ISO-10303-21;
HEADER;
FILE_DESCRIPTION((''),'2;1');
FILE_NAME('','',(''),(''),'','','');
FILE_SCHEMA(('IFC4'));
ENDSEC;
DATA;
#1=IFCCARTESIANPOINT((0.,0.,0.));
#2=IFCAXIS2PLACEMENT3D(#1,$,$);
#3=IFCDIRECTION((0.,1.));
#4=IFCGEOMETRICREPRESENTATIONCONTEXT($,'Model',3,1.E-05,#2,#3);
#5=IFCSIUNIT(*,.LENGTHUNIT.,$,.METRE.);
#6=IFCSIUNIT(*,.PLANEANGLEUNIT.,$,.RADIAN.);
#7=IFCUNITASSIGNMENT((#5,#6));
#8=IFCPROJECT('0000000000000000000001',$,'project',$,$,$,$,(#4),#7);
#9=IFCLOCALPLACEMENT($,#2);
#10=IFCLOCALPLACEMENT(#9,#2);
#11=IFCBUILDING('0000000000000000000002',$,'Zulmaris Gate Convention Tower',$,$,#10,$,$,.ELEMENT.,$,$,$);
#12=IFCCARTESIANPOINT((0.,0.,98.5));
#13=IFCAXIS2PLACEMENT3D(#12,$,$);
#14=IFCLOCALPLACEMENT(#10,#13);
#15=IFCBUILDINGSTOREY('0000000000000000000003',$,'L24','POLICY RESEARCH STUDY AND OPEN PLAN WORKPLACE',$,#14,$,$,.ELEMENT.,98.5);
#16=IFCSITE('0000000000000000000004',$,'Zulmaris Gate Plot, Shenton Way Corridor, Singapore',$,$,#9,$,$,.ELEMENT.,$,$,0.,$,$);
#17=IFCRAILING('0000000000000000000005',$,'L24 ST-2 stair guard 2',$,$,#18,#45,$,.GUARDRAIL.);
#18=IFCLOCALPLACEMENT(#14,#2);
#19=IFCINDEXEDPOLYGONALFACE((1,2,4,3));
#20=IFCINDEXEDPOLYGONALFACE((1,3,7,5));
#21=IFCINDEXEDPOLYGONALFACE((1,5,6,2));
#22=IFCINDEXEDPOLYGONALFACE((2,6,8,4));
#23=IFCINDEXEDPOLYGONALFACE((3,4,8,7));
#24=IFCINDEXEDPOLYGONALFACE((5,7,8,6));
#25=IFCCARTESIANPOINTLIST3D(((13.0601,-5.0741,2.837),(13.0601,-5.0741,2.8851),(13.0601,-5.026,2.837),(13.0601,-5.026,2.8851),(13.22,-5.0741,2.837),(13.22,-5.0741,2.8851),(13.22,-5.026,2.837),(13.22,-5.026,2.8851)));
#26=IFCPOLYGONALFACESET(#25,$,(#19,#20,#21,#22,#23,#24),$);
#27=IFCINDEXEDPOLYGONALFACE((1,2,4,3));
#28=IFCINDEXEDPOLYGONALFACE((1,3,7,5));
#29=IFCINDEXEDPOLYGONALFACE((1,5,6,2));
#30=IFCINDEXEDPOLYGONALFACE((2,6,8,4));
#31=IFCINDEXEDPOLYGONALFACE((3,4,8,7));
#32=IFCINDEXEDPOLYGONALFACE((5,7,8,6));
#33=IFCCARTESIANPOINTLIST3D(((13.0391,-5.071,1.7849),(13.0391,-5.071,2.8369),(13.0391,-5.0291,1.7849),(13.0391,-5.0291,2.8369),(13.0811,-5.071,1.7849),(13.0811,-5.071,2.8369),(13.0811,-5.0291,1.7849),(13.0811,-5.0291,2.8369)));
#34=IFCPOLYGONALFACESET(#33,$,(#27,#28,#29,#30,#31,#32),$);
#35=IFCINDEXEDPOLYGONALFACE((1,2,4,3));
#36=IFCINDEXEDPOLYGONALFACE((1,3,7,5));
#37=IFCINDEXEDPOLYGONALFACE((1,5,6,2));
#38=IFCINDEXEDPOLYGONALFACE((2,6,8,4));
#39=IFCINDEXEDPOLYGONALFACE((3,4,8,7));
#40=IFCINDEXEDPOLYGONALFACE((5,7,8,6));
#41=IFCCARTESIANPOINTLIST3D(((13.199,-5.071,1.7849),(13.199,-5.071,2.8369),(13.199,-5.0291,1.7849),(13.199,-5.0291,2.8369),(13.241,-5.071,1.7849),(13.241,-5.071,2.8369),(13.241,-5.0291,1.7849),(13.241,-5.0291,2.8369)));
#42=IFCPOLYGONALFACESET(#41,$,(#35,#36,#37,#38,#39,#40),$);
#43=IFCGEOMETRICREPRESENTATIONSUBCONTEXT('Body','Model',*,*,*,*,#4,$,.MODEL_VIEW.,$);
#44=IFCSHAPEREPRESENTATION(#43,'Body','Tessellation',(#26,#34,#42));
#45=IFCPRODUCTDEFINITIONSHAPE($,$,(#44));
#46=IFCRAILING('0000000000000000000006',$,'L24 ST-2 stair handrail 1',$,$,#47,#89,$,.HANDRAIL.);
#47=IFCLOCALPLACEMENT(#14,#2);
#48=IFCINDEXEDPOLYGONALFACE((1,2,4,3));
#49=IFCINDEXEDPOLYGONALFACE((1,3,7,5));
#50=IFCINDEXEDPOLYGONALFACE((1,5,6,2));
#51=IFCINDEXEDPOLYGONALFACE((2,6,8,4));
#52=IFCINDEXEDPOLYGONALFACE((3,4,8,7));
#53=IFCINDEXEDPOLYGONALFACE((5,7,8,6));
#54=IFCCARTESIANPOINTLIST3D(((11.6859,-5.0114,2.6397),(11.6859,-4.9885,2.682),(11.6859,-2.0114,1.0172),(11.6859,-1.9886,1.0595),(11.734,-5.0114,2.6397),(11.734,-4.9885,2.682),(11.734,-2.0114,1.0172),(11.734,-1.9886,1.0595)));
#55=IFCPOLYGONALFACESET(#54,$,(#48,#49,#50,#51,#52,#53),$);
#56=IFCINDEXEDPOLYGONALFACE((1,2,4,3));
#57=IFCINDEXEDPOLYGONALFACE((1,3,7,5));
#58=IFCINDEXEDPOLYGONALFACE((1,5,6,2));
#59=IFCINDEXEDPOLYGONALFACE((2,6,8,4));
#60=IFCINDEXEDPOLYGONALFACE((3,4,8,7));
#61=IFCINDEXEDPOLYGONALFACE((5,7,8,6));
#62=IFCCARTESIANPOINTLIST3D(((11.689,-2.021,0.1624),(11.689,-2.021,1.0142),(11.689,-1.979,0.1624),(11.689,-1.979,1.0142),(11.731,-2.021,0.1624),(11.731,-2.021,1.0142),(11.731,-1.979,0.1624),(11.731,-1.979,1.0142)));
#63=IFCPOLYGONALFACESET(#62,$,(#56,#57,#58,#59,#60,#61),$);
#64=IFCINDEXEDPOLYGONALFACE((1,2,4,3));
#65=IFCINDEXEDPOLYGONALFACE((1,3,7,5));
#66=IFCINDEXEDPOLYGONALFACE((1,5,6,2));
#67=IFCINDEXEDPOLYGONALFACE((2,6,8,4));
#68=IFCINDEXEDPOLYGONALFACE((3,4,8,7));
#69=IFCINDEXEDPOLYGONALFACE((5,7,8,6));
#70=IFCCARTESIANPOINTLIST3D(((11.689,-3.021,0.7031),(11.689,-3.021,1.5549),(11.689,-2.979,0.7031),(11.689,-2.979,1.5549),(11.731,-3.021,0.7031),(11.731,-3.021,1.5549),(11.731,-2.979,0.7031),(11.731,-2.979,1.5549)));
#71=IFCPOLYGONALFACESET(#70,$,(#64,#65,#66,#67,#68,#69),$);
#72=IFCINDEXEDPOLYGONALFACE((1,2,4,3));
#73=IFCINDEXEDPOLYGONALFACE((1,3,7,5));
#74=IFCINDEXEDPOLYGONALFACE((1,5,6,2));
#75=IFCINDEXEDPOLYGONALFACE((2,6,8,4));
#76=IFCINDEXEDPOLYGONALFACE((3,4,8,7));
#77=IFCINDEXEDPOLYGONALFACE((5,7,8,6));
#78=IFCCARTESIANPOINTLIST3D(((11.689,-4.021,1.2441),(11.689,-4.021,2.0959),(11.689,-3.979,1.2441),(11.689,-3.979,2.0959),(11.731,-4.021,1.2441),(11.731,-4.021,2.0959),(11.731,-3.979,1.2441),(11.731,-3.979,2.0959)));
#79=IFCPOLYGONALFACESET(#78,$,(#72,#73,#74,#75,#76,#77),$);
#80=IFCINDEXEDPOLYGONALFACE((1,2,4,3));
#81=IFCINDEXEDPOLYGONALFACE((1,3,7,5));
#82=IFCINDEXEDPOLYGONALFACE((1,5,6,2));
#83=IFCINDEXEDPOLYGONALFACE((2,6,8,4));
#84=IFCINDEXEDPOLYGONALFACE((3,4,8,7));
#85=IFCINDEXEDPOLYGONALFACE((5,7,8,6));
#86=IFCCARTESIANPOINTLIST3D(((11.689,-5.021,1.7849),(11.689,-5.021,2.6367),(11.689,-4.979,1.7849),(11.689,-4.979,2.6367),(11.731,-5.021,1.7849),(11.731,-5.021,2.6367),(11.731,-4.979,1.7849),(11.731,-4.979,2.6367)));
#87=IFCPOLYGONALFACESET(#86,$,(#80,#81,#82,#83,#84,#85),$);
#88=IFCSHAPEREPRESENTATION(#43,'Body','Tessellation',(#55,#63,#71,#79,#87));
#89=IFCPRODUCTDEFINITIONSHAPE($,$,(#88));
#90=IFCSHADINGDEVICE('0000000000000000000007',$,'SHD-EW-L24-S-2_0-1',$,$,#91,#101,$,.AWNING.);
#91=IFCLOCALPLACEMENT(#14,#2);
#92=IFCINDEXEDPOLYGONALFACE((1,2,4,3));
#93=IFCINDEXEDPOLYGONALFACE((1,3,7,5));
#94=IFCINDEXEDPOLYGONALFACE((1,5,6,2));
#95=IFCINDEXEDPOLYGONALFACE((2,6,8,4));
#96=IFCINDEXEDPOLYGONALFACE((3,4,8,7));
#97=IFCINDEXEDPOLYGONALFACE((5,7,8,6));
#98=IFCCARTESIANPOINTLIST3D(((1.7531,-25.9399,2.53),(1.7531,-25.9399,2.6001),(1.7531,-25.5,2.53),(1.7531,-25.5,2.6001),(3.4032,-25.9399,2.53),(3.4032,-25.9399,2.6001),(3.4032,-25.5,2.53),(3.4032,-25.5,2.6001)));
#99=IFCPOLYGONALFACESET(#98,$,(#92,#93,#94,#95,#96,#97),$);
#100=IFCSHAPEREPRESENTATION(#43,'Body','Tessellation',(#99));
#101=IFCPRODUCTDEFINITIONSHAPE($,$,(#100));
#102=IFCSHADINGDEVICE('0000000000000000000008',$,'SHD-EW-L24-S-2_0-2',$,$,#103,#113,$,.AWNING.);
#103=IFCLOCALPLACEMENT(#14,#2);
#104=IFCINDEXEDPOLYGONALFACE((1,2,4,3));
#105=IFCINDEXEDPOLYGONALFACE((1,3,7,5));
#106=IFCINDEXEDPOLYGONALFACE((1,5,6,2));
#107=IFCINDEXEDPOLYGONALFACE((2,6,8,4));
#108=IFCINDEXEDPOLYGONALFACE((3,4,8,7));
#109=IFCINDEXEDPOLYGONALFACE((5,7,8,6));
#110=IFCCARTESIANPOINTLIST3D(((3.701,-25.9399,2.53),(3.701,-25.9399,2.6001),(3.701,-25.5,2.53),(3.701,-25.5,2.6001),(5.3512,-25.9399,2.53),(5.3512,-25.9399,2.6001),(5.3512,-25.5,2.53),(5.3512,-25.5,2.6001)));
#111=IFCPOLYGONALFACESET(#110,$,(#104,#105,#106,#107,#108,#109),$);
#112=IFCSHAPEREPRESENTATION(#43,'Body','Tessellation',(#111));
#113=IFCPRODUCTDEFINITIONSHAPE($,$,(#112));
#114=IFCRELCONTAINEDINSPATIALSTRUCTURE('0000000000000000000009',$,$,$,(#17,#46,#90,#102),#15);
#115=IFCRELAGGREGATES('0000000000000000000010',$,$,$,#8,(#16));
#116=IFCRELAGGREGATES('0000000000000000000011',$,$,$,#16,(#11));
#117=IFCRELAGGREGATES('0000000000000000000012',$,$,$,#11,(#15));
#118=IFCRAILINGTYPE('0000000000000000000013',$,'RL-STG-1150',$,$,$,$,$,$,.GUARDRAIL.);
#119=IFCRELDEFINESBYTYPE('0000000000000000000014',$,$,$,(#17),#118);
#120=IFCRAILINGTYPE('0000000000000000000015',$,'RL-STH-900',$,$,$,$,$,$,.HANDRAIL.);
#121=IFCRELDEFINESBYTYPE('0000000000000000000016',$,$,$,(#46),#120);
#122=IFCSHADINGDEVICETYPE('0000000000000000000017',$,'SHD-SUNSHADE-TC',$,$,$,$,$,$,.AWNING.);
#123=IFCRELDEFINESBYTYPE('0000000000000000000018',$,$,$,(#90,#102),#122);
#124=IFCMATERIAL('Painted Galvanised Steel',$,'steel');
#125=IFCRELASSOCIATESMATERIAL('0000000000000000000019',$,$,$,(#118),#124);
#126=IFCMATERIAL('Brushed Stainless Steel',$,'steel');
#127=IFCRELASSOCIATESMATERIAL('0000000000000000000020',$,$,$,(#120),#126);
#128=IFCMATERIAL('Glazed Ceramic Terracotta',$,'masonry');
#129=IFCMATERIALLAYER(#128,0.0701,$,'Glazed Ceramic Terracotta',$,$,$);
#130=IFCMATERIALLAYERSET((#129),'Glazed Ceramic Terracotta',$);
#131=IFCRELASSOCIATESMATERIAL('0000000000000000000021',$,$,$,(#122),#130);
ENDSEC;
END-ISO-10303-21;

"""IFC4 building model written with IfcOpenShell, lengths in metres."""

from ifc_helpers import new_model, si_unit, direction, frame, frame_2d, origin, origin_2d, place, context, subcontext, project, spatial, rectangle, extrude, material, layer, layer_set, type_object, element, save


model = new_model("IFC4")

# Units and contexts
model_context = context("Model", 3, precision=1e-05, world=origin(), true_north=direction((0.0, 1.0)))
body_context = subcontext(model_context, "Body", "Model", "MODEL_VIEW")
ifc_project = project(units=[si_unit("LENGTHUNIT", "METRE"), si_unit("PLANEANGLEUNIT", "RADIAN")], contexts=[model_context])

# Site, building, storey
site_placement = place(None, origin())
site = spatial("IfcSite", under=ifc_project, at=site_placement, Name="Zulmaris Gate Plot, Shenton Way Corridor, Singapore", CompositionType="ELEMENT", RefElevation=0.0)
building_placement = place(site_placement, origin())
building = spatial("IfcBuilding", under=site, at=building_placement, Name="Zulmaris Gate Convention Tower", CompositionType="ELEMENT")
storey_placement = place(building_placement, frame((0.0, 0.0, 98.5)))
storey = spatial("IfcBuildingStorey", under=building, at=storey_placement, Name="L24", Description="POLICY RESEARCH STUDY AND OPEN PLAN WORKPLACE", CompositionType="ELEMENT", Elevation=98.5)

# Railings
ifc_material_1 = material(Name="Painted Galvanised Steel", Category="steel")
railing_type_1 = type_object("IfcRailingType", Name="RL-STG-1150", PredefinedType="GUARDRAIL", material=ifc_material_1)
railing_1_placement = place(storey_placement, frame((13.0601, -5.05, 1.7849)))
element("IfcRailing", 1, at=railing_1_placement, inside=storey, type_object=railing_type_1, Name="L24 ST-2 stair guard 2", PredefinedType="GUARDRAIL", context=body_context, shape_type="SweptSolid", body=[
    extrude(rectangle(XDim=0.0481, YDim=0.0481, at=origin_2d()), frame((0.0, 0.0, 1.0762), z_axis=(1.0, 0.0, 0.0), x_axis=(0.0, 1.0, 0.0)), (0.0, 0.0, 1.0), 0.1599),
    extrude(rectangle(XDim=0.042, YDim=0.042, at=origin_2d()), origin(), (0.0, 0.0, 1.0), 1.052),
    extrude(rectangle(XDim=0.042, YDim=0.042, at=origin_2d()), frame((0.1599, 0.0, 0.0)), (0.0, 0.0, 1.0), 1.052),
])
ifc_material_2 = material(Name="Brushed Stainless Steel", Category="steel")
railing_type_2 = type_object("IfcRailingType", Name="RL-STH-900", PredefinedType="HANDRAIL", material=ifc_material_2)
railing_2_placement = place(storey_placement, frame((11.71, -2.0, 0.1624)))
element("IfcRailing", 2, at=railing_2_placement, inside=storey, type_object=railing_type_2, Name="L24 ST-2 stair handrail 1", PredefinedType="HANDRAIL", context=body_context, shape_type="SweptSolid", body=[
    extrude(rectangle(XDim=0.0481, YDim=0.0481, at=origin_2d()), frame((0.0, 0.0, 0.876), z_axis=(0.0, -0.879592, 0.47573), x_axis=(1.0, 0.0, 0.0)), (0.0, 0.0, 1.0), 3.4106),
    extrude(rectangle(XDim=0.042, YDim=0.042, at=origin_2d()), origin(), (0.0, 0.0, 1.0), 0.8518),
    extrude(rectangle(XDim=0.042, YDim=0.042, at=origin_2d()), frame((0.0, -1.0, 0.5408)), (0.0, 0.0, 1.0), 0.8518),
    extrude(rectangle(XDim=0.042, YDim=0.042, at=origin_2d()), frame((0.0, -2.0, 1.0818)), (0.0, 0.0, 1.0), 0.8518),
    extrude(rectangle(XDim=0.042, YDim=0.042, at=origin_2d()), frame((0.0, -3.0, 1.6226)), (0.0, 0.0, 1.0), 0.8518),
])

# Shading devices
ifc_material_3 = material(Name="Glazed Ceramic Terracotta", Category="masonry")
ifc_layer_1 = layer(ifc_material_3, 0.0701, Name="Glazed Ceramic Terracotta")
ifc_layer_set_1 = layer_set([ifc_layer_1], Name="Glazed Ceramic Terracotta")
shading_device_type = type_object("IfcShadingDeviceType", Name="SHD-SUNSHADE-TC", PredefinedType="AWNING", material=ifc_layer_set_1)
for number, where, z_axis, x_axis, name in (
    (3, (1.7529, -25.72, 2.53), (0.0, 0.0, 1.0), (1.0, 0.0, 0.0), "SHD-EW-L24-S-2_0-1"),
    (4, (3.7009, -25.72, 2.53), (0.0, 0.0, 1.0), (1.0, 0.0, 0.0), "SHD-EW-L24-S-2_0-2"),
):
    element("IfcShadingDevice", number, at=place(storey_placement, frame(where, z_axis=z_axis, x_axis=x_axis)), inside=storey, type_object=shading_device_type, Name=name, PredefinedType="AWNING", context=body_context, shape_type="SweptSolid", body=[
        extrude(rectangle(XDim=1.6501, YDim=0.4399, at=frame_2d((0.8252, 0.0))), origin(), (0.0, 0.0, 1.0), 0.0701),
    ])

save(model, "model.ifc")
